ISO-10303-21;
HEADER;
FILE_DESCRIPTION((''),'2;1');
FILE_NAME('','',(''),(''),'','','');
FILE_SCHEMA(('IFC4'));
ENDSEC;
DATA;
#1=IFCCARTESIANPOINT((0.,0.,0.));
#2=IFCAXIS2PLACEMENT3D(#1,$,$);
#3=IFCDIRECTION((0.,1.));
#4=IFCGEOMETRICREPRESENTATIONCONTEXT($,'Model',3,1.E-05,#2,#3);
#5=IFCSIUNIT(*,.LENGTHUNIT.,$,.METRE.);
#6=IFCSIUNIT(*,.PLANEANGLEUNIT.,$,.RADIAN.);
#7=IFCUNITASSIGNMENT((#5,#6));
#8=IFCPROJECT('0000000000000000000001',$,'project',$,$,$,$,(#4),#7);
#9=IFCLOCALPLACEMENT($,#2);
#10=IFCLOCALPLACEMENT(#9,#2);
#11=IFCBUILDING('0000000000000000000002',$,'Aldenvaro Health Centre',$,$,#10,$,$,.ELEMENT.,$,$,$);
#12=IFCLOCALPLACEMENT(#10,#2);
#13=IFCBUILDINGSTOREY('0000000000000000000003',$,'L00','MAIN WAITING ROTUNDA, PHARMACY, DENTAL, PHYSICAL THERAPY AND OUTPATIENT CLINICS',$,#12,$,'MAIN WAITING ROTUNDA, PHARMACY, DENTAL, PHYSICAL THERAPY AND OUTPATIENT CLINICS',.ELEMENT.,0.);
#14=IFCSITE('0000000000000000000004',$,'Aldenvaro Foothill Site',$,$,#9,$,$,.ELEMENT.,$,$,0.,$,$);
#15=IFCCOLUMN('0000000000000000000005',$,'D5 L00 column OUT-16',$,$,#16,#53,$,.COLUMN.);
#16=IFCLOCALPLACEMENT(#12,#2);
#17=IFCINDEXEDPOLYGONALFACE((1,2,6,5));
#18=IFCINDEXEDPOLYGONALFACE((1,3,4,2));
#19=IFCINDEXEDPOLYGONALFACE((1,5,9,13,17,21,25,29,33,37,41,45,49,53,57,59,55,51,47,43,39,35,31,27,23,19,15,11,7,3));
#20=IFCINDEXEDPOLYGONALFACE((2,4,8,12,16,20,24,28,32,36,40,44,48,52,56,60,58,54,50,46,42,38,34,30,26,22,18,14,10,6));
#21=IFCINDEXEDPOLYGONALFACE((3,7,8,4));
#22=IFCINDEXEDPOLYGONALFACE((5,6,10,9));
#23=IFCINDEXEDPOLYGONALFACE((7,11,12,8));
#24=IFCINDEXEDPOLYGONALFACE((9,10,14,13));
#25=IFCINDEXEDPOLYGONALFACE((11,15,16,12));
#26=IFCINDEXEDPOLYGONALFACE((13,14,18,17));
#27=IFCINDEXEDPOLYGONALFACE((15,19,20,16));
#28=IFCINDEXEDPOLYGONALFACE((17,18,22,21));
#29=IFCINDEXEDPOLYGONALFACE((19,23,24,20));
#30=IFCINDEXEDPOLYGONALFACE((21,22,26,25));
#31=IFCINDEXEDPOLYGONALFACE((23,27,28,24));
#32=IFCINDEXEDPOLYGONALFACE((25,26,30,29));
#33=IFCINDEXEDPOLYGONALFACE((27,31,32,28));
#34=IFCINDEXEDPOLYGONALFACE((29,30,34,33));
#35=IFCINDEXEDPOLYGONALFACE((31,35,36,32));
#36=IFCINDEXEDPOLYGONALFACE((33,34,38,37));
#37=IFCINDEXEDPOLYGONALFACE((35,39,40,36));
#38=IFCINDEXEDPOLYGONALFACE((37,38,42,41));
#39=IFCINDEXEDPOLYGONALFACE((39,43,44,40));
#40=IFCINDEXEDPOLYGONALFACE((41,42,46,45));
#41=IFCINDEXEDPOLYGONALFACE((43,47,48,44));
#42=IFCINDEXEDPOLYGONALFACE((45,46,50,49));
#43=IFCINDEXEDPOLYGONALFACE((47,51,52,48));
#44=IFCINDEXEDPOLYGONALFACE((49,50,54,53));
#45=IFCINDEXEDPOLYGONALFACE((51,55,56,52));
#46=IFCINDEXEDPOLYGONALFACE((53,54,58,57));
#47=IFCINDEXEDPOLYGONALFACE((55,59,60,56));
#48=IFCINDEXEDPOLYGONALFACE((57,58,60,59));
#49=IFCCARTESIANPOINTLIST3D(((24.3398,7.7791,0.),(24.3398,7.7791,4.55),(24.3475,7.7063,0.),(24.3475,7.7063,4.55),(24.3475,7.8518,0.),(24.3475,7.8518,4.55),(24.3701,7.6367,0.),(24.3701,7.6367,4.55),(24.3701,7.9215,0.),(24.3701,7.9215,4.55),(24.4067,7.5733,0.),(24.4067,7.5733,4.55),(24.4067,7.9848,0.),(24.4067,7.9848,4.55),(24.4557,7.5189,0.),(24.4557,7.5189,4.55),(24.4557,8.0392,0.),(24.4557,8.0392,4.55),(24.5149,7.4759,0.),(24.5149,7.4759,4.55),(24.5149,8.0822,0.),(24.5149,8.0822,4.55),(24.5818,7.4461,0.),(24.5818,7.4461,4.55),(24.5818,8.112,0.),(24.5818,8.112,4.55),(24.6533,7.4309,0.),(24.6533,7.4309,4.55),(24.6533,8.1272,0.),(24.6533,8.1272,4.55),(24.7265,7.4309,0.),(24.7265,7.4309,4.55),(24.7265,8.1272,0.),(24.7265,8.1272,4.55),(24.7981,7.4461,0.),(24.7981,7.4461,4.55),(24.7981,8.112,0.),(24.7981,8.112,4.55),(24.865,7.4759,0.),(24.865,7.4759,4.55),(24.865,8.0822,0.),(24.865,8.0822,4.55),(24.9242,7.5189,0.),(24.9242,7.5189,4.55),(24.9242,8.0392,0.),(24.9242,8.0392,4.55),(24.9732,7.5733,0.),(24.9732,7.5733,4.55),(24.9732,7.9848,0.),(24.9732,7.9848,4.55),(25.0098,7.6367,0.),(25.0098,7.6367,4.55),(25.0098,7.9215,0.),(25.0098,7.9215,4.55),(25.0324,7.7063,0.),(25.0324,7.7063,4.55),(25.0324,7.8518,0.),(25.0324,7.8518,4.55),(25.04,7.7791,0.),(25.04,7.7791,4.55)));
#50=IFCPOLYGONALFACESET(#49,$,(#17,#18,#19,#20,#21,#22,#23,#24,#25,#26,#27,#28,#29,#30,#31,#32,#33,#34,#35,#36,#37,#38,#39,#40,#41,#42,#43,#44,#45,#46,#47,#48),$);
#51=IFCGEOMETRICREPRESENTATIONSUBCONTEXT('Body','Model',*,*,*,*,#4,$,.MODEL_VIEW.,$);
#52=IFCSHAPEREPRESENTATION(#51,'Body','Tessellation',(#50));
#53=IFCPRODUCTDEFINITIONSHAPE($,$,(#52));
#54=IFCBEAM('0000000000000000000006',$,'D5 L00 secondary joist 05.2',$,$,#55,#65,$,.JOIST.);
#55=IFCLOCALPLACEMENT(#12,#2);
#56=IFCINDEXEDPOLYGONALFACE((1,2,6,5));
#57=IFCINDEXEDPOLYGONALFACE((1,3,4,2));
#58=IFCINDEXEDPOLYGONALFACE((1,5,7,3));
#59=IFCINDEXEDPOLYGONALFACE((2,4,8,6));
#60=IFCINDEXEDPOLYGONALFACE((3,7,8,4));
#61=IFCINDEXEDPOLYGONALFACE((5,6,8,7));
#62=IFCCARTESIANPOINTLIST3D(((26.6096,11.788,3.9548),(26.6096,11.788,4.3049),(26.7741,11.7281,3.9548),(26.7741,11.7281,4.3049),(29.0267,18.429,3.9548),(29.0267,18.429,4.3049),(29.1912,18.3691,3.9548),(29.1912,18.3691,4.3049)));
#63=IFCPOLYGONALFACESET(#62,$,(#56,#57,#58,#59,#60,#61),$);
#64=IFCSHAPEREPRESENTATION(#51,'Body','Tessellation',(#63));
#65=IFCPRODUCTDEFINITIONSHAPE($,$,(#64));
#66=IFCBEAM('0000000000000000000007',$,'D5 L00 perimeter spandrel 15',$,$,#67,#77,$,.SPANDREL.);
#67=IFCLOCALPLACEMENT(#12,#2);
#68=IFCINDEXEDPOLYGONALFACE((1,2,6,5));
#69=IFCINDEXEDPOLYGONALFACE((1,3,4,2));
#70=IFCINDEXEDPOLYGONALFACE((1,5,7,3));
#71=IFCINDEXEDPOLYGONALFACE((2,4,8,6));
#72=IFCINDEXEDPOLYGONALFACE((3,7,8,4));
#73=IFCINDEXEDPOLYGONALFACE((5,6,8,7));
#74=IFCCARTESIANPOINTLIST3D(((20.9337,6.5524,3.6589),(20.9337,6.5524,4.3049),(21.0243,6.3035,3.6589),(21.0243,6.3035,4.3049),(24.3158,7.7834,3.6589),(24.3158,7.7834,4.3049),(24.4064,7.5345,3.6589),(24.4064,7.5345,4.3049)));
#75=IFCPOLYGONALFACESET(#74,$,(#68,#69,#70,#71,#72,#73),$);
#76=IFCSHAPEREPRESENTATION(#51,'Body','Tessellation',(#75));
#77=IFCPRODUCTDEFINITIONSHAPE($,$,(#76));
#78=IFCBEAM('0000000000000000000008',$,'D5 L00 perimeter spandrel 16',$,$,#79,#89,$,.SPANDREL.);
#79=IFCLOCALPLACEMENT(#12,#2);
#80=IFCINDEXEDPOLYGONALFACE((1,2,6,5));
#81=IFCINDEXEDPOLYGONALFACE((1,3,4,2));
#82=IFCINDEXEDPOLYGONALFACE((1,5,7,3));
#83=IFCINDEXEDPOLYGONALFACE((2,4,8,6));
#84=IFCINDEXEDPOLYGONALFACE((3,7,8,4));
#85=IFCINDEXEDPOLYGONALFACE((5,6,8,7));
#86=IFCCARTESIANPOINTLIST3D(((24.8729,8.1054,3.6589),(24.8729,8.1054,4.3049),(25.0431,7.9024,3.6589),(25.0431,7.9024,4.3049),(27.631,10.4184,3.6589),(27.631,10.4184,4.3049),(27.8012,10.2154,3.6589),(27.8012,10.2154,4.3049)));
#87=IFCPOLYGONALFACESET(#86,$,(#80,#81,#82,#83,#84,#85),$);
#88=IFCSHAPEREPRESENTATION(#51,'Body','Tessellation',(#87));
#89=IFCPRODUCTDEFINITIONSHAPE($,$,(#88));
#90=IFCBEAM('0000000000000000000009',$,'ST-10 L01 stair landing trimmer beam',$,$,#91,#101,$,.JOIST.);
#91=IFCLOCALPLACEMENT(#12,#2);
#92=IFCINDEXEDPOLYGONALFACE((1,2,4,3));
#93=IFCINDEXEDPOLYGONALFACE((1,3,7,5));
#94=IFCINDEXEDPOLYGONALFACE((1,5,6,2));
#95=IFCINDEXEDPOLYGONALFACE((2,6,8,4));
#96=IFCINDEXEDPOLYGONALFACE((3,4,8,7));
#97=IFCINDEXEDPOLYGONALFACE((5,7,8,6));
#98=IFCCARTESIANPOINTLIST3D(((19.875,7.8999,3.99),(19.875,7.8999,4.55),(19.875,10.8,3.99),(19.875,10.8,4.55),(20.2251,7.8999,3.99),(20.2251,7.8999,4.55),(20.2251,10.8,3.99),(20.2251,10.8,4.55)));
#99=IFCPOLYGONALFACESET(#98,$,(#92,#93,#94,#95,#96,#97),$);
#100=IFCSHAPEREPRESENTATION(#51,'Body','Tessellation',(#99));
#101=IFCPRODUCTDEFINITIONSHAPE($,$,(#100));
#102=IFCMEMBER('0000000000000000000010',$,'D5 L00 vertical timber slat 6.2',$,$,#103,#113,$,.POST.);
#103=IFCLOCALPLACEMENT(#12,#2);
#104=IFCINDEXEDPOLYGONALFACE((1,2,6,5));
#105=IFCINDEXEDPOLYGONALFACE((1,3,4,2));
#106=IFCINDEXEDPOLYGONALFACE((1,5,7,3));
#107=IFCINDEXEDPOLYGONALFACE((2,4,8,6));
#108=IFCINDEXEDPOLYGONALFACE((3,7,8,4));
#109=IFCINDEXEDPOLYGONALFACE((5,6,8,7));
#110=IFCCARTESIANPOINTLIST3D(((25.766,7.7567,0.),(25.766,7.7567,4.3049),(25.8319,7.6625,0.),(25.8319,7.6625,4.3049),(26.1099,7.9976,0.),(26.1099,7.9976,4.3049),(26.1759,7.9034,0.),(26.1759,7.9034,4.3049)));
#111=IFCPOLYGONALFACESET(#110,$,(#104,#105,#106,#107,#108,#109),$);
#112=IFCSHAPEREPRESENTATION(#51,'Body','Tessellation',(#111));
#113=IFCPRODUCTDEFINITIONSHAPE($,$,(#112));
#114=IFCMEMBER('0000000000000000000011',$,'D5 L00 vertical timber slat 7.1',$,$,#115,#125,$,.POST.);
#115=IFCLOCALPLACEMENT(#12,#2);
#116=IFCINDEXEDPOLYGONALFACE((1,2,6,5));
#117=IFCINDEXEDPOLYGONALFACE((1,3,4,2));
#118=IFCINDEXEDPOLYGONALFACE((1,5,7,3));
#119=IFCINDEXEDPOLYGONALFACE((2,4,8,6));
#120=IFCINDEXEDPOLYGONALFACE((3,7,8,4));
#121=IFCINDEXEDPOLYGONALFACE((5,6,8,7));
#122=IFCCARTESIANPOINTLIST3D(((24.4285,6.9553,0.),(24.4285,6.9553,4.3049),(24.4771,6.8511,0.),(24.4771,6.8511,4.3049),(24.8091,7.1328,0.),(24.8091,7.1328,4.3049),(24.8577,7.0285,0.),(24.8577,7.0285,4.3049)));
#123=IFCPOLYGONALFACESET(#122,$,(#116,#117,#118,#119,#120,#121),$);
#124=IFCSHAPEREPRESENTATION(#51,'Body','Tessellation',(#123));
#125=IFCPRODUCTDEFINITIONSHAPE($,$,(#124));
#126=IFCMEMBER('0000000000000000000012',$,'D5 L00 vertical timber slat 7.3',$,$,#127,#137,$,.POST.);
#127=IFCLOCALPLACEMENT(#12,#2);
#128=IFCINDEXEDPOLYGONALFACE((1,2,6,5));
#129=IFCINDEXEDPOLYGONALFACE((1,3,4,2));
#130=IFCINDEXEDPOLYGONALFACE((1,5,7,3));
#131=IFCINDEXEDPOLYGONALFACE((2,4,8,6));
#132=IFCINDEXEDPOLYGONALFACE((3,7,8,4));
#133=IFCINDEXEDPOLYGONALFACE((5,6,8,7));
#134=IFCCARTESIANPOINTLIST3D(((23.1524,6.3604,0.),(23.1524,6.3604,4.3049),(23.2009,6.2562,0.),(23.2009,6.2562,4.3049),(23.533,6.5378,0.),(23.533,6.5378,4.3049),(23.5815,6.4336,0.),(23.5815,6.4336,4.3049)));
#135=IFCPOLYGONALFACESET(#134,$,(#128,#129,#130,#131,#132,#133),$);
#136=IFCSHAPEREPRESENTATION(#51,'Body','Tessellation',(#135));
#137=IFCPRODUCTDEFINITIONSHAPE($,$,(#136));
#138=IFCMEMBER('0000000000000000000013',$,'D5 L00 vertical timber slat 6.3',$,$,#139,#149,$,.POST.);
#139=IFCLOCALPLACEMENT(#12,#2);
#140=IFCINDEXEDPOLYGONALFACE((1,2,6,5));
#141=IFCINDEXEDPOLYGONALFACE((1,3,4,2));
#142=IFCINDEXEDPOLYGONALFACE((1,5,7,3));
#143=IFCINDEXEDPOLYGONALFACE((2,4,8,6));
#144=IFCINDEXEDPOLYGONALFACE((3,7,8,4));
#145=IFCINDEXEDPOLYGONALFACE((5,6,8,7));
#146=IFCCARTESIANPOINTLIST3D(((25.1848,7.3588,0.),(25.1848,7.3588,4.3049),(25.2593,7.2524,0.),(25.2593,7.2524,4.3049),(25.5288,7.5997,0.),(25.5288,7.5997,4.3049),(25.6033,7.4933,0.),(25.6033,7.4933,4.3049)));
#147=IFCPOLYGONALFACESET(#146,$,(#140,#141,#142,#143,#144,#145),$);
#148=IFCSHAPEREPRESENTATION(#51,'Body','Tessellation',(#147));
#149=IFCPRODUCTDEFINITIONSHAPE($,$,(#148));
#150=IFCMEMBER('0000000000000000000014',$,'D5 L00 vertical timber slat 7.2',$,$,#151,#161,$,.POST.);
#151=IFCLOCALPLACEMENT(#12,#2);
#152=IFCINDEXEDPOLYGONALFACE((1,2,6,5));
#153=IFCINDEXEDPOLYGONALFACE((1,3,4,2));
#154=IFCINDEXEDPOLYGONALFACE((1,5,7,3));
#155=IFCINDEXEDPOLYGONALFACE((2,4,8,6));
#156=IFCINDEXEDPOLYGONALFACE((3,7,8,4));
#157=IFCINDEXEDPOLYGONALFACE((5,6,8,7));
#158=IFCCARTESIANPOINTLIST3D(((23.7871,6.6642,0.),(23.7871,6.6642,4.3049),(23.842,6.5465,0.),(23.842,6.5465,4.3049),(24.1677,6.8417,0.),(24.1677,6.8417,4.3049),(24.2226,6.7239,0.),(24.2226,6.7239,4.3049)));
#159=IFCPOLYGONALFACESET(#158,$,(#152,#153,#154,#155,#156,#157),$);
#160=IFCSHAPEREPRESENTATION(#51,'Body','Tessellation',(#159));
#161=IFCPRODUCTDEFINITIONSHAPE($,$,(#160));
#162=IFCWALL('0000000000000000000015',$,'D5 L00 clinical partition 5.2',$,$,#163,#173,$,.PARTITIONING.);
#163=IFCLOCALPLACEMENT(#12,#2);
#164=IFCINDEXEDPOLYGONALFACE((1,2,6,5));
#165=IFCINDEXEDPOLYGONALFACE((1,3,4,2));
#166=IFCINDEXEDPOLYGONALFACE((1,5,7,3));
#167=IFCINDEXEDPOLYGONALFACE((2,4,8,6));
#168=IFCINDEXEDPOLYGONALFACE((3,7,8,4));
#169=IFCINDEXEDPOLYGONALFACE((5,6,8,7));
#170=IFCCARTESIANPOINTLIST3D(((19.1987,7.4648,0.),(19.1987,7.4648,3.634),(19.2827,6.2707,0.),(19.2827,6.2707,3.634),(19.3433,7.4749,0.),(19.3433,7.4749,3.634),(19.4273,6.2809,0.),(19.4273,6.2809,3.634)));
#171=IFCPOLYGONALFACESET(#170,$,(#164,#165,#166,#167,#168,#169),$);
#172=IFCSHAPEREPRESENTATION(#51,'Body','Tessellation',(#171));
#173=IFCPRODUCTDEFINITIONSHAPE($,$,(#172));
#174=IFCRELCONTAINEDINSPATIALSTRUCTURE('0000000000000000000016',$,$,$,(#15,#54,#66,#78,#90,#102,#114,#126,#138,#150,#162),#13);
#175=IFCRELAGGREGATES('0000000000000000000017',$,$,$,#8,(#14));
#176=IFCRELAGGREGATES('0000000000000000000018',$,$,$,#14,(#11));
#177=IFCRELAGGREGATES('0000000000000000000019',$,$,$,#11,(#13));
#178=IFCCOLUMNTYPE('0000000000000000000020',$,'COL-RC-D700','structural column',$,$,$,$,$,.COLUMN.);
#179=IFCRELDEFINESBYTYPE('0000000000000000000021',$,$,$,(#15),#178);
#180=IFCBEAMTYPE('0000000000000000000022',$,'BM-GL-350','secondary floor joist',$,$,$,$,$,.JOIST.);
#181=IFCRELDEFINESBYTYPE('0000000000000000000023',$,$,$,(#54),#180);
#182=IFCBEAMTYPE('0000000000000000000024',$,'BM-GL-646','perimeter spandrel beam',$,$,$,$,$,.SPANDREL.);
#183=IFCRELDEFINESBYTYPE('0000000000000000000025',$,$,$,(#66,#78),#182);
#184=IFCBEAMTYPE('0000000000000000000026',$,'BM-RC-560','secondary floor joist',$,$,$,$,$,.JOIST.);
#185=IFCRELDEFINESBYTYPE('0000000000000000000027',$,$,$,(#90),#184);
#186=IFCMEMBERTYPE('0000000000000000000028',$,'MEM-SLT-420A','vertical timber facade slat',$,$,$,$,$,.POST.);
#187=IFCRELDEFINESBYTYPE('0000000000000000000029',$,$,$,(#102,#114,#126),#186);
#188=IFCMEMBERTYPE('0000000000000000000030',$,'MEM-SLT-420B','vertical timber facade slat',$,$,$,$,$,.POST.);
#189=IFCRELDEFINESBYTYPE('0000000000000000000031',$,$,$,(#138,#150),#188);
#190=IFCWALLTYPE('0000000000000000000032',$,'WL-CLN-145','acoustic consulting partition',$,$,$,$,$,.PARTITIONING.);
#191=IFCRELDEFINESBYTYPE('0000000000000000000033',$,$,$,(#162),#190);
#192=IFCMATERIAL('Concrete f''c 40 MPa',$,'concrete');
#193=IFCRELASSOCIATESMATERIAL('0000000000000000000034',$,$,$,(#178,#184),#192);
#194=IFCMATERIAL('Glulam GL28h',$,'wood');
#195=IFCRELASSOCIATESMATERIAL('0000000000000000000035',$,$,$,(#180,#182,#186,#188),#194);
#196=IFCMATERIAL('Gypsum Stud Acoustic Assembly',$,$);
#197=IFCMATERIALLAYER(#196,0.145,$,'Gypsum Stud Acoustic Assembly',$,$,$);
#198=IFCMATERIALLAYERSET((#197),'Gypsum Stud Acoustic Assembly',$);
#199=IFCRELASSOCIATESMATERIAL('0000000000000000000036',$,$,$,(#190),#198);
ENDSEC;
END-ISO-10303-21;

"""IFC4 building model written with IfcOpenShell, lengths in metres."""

from ifc_helpers import new_model, si_unit, direction, frame, frame_2d, origin, origin_2d, place, context, subcontext, project, spatial, rectangle, circle, extrude, material, layer, layer_set, material_profile, profile_set, type_object, element, save


model = new_model("IFC4")

# Units and contexts
model_context = context("Model", 3, precision=1e-05, world=origin(), true_north=direction((0.0, 1.0)))
body_context = subcontext(model_context, "Body", "Model", "MODEL_VIEW")
ifc_project = project(units=[si_unit("LENGTHUNIT", "METRE"), si_unit("PLANEANGLEUNIT", "RADIAN")], contexts=[model_context])

# Site, building, storey
site_placement = place(None, origin())
site = spatial("IfcSite", under=ifc_project, at=site_placement, Name="Aldenvaro Foothill Site", CompositionType="ELEMENT", RefElevation=0.0)
building_placement = place(site_placement, origin())
building = spatial("IfcBuilding", under=site, at=building_placement, Name="Aldenvaro Health Centre", CompositionType="ELEMENT")
storey_placement = place(building_placement, origin())
storey = spatial("IfcBuildingStorey", under=building, at=storey_placement, Name="L00", Description="MAIN WAITING ROTUNDA, PHARMACY, DENTAL, PHYSICAL THERAPY AND OUTPATIENT CLINICS", LongName="MAIN WAITING ROTUNDA, PHARMACY, DENTAL, PHYSICAL THERAPY AND OUTPATIENT CLINICS", CompositionType="ELEMENT", Elevation=0.0)

# Column
ifc_material_1 = material(Name="Concrete f'c 40 MPa", Category="concrete")
ifc_material_profile_1 = material_profile(ifc_material_1, circle(Radius=0.3501, at=origin_2d()), Name="RC D700", Category="concrete")
ifc_profile_set_1 = profile_set([ifc_material_profile_1], Name="Concrete f'c 40 MPa")
column_type = type_object("IfcColumnType", Name="COL-RC-D700", Description="structural column", PredefinedType="COLUMN", material=ifc_profile_set_1)
column_placement = place(storey_placement, frame((24.6899, 7.7791, 0.0), z_axis=(0.0, 0.0, 1.0), x_axis=(1.0, 0.0, 0.0)))
element("IfcColumn", 1, at=column_placement, inside=storey, type_object=column_type, Name="D5 L00 column OUT-16", PredefinedType="COLUMN", context=body_context, shape_type="SweptSolid", body=[
    extrude(circle(Radius=0.3501, at=origin_2d()), origin(), (0.0, 0.0, 1.0), 4.55),
])

# Beams
ifc_material_2 = material(Name="Glulam GL28h", Category="wood")
ifc_material_profile_2 = material_profile(ifc_material_2, rectangle(XDim=0.175, YDim=0.3501, at=origin_2d()), Name="GL 175x350", Category="wood")
ifc_profile_set_2 = profile_set([ifc_material_profile_2], Name="Glulam GL28h")
beam_type_1 = type_object("IfcBeamType", Name="BM-GL-350", Description="secondary floor joist", PredefinedType="JOIST", material=ifc_profile_set_2)
beam_1_placement = place(storey_placement, frame((26.6919, 11.7581, 4.1299), z_axis=(0.342009, 0.939697, 0.0), x_axis=(-0.939697, 0.342009, 0.0)))
element("IfcBeam", 2, at=beam_1_placement, inside=storey, type_object=beam_type_1, Name="D5 L00 secondary joist 05.2", PredefinedType="JOIST", context=body_context, shape_type="SweptSolid", body=[
    extrude(rectangle(XDim=0.175, YDim=0.3501, at=origin_2d()), origin(), (0.0, 0.0, 1.0), 7.0671),
])
ifc_material_profile_3 = material_profile(ifc_material_2, rectangle(XDim=0.2649, YDim=0.646, at=origin_2d()), Name="GL 265x646", Category="wood")
ifc_profile_set_3 = profile_set([ifc_material_profile_3], Name="Glulam GL28h")
beam_type_2 = type_object("IfcBeamType", Name="BM-GL-646", Description="perimeter spandrel beam", PredefinedType="SPANDREL", material=ifc_profile_set_3)
beam_2_placement = place(storey_placement, frame((20.979, 6.428, 3.9819), z_axis=(0.939694, 0.342015, 0.0), x_axis=(-0.342015, 0.939694, 0.0)))
element("IfcBeam", 3, at=beam_2_placement, inside=storey, type_object=beam_type_2, Name="D5 L00 perimeter spandrel 15", PredefinedType="SPANDREL", context=body_context, shape_type="SweptSolid", body=[
    extrude(rectangle(XDim=0.2649, YDim=0.646, at=origin_2d()), origin(), (0.0, 0.0, 1.0), 3.5991),
])
beam_3_placement = place(storey_placement, frame((24.958, 8.0039, 3.9819), z_axis=(0.766222, 0.642576, 0.0), x_axis=(-0.642576, 0.766222, 0.0)))
element("IfcBeam", 4, at=beam_3_placement, inside=storey, type_object=beam_type_2, Name="D5 L00 perimeter spandrel 16", PredefinedType="SPANDREL", context=body_context, shape_type="SweptSolid", body=[
    extrude(rectangle(XDim=0.2649, YDim=0.646, at=origin_2d()), origin(), (0.0, 0.0, 1.0), 3.5996),
])
ifc_material_profile_4 = material_profile(ifc_material_1, rectangle(XDim=0.3501, YDim=0.5601, at=origin_2d()), Name="RC 350x560", Category="concrete")
ifc_profile_set_4 = profile_set([ifc_material_profile_4], Name="Concrete f'c 40 MPa")
beam_type_3 = type_object("IfcBeamType", Name="BM-RC-560", Description="secondary floor joist", PredefinedType="JOIST", material=ifc_profile_set_4)
beam_4_placement = place(storey_placement, frame((20.05, 10.8, 4.27), z_axis=(0.0, -1.0, 0.0), x_axis=(1.0, 0.0, 0.0)))
element("IfcBeam", 5, at=beam_4_placement, inside=storey, type_object=beam_type_3, Name="ST-10 L01 stair landing trimmer beam", PredefinedType="JOIST", context=body_context, shape_type="SweptSolid", body=[
    extrude(rectangle(XDim=0.3501, YDim=0.5601, at=origin_2d()), origin(), (0.0, 0.0, 1.0), 2.9001),
])

# Members
ifc_material_profile_5 = material_profile(ifc_material_2, rectangle(XDim=0.115, YDim=0.4199, at=origin_2d()), Name="GL 115x420", Category="wood")
ifc_profile_set_5 = profile_set([ifc_material_profile_5], Name="Glulam GL28h")
member_type_1 = type_object("IfcMemberType", Name="MEM-SLT-420A", Description="vertical timber facade slat", PredefinedType="POST", material=ifc_profile_set_5)
for number, where, z_axis, x_axis, name in (
    (6, (25.9709, 7.8301, 0.0), (0.0, 0.0, 1.0), (0.573641, -0.819107, 0.0), "D5 L00 vertical timber slat 6.2"),
    (7, (24.6431, 6.9919, 0.0), (0.0, 0.0, 1.0), (0.422496, -0.906365, 0.0), "D5 L00 vertical timber slat 7.1"),
    (8, (23.3669, 6.397, 0.0), (0.0, 0.0, 1.0), (0.422496, -0.906365, 0.0), "D5 L00 vertical timber slat 7.3"),
):
    element("IfcMember", number, at=place(storey_placement, frame(where, z_axis=z_axis, x_axis=x_axis)), inside=storey, type_object=member_type_1, Name=name, PredefinedType="POST", context=body_context, shape_type="SweptSolid", body=[
        extrude(rectangle(XDim=0.115, YDim=0.4199, at=origin_2d()), origin(), (0.0, 0.0, 1.0), 4.3049),
    ])
ifc_material_profile_6 = material_profile(ifc_material_2, rectangle(XDim=0.1299, YDim=0.4199, at=origin_2d()), Name="GL 130x420", Category="wood")
ifc_profile_set_6 = profile_set([ifc_material_profile_6], Name="Glulam GL28h")
member_type_2 = type_object("IfcMemberType", Name="MEM-SLT-420B", Description="vertical timber facade slat", PredefinedType="POST", material=ifc_profile_set_6)
for number, where, z_axis, x_axis, name in (
    (9, (25.394, 7.426, 0.0), (0.0, 0.0, 1.0), (0.573641, -0.819107, 0.0), "D5 L00 vertical timber slat 6.3"),
    (10, (24.0049, 6.6941, 0.0), (0.0, 0.0, 1.0), (0.422496, -0.906365, 0.0), "D5 L00 vertical timber slat 7.2"),
):
    element("IfcMember", number, at=place(storey_placement, frame(where, z_axis=z_axis, x_axis=x_axis)), inside=storey, type_object=member_type_2, Name=name, PredefinedType="POST", context=body_context, shape_type="SweptSolid", body=[
        extrude(rectangle(XDim=0.1299, YDim=0.4199, at=origin_2d()), origin(), (0.0, 0.0, 1.0), 4.3049),
    ])

# Wall
ifc_material_3 = material(Name="Gypsum Stud Acoustic Assembly")
ifc_layer_1 = layer(ifc_material_3, 0.145, Name="Gypsum Stud Acoustic Assembly")
ifc_layer_set_1 = layer_set([ifc_layer_1], Name="Gypsum Stud Acoustic Assembly")
wall_type_1 = type_object("IfcWallType", Name="WL-CLN-145", Description="acoustic consulting partition", PredefinedType="PARTITIONING", material=ifc_layer_set_1)
wall_1_placement = place(storey_placement, frame((19.271, 7.47, 0.0), z_axis=(0.0, 0.0, 1.0), x_axis=(0.07016, -0.997536, 0.0)))
element("IfcWall", 11, at=wall_1_placement, inside=storey, type_object=wall_type_1, Name="D5 L00 clinical partition 5.2", PredefinedType="PARTITIONING", context=body_context, shape_type="SweptSolid", body=[
    extrude(rectangle(XDim=1.197, YDim=0.145, at=frame_2d((0.5986, 0.0))), origin(), (0.0, 0.0, 1.0), 3.634),
])

save(model, "model.ifc")
